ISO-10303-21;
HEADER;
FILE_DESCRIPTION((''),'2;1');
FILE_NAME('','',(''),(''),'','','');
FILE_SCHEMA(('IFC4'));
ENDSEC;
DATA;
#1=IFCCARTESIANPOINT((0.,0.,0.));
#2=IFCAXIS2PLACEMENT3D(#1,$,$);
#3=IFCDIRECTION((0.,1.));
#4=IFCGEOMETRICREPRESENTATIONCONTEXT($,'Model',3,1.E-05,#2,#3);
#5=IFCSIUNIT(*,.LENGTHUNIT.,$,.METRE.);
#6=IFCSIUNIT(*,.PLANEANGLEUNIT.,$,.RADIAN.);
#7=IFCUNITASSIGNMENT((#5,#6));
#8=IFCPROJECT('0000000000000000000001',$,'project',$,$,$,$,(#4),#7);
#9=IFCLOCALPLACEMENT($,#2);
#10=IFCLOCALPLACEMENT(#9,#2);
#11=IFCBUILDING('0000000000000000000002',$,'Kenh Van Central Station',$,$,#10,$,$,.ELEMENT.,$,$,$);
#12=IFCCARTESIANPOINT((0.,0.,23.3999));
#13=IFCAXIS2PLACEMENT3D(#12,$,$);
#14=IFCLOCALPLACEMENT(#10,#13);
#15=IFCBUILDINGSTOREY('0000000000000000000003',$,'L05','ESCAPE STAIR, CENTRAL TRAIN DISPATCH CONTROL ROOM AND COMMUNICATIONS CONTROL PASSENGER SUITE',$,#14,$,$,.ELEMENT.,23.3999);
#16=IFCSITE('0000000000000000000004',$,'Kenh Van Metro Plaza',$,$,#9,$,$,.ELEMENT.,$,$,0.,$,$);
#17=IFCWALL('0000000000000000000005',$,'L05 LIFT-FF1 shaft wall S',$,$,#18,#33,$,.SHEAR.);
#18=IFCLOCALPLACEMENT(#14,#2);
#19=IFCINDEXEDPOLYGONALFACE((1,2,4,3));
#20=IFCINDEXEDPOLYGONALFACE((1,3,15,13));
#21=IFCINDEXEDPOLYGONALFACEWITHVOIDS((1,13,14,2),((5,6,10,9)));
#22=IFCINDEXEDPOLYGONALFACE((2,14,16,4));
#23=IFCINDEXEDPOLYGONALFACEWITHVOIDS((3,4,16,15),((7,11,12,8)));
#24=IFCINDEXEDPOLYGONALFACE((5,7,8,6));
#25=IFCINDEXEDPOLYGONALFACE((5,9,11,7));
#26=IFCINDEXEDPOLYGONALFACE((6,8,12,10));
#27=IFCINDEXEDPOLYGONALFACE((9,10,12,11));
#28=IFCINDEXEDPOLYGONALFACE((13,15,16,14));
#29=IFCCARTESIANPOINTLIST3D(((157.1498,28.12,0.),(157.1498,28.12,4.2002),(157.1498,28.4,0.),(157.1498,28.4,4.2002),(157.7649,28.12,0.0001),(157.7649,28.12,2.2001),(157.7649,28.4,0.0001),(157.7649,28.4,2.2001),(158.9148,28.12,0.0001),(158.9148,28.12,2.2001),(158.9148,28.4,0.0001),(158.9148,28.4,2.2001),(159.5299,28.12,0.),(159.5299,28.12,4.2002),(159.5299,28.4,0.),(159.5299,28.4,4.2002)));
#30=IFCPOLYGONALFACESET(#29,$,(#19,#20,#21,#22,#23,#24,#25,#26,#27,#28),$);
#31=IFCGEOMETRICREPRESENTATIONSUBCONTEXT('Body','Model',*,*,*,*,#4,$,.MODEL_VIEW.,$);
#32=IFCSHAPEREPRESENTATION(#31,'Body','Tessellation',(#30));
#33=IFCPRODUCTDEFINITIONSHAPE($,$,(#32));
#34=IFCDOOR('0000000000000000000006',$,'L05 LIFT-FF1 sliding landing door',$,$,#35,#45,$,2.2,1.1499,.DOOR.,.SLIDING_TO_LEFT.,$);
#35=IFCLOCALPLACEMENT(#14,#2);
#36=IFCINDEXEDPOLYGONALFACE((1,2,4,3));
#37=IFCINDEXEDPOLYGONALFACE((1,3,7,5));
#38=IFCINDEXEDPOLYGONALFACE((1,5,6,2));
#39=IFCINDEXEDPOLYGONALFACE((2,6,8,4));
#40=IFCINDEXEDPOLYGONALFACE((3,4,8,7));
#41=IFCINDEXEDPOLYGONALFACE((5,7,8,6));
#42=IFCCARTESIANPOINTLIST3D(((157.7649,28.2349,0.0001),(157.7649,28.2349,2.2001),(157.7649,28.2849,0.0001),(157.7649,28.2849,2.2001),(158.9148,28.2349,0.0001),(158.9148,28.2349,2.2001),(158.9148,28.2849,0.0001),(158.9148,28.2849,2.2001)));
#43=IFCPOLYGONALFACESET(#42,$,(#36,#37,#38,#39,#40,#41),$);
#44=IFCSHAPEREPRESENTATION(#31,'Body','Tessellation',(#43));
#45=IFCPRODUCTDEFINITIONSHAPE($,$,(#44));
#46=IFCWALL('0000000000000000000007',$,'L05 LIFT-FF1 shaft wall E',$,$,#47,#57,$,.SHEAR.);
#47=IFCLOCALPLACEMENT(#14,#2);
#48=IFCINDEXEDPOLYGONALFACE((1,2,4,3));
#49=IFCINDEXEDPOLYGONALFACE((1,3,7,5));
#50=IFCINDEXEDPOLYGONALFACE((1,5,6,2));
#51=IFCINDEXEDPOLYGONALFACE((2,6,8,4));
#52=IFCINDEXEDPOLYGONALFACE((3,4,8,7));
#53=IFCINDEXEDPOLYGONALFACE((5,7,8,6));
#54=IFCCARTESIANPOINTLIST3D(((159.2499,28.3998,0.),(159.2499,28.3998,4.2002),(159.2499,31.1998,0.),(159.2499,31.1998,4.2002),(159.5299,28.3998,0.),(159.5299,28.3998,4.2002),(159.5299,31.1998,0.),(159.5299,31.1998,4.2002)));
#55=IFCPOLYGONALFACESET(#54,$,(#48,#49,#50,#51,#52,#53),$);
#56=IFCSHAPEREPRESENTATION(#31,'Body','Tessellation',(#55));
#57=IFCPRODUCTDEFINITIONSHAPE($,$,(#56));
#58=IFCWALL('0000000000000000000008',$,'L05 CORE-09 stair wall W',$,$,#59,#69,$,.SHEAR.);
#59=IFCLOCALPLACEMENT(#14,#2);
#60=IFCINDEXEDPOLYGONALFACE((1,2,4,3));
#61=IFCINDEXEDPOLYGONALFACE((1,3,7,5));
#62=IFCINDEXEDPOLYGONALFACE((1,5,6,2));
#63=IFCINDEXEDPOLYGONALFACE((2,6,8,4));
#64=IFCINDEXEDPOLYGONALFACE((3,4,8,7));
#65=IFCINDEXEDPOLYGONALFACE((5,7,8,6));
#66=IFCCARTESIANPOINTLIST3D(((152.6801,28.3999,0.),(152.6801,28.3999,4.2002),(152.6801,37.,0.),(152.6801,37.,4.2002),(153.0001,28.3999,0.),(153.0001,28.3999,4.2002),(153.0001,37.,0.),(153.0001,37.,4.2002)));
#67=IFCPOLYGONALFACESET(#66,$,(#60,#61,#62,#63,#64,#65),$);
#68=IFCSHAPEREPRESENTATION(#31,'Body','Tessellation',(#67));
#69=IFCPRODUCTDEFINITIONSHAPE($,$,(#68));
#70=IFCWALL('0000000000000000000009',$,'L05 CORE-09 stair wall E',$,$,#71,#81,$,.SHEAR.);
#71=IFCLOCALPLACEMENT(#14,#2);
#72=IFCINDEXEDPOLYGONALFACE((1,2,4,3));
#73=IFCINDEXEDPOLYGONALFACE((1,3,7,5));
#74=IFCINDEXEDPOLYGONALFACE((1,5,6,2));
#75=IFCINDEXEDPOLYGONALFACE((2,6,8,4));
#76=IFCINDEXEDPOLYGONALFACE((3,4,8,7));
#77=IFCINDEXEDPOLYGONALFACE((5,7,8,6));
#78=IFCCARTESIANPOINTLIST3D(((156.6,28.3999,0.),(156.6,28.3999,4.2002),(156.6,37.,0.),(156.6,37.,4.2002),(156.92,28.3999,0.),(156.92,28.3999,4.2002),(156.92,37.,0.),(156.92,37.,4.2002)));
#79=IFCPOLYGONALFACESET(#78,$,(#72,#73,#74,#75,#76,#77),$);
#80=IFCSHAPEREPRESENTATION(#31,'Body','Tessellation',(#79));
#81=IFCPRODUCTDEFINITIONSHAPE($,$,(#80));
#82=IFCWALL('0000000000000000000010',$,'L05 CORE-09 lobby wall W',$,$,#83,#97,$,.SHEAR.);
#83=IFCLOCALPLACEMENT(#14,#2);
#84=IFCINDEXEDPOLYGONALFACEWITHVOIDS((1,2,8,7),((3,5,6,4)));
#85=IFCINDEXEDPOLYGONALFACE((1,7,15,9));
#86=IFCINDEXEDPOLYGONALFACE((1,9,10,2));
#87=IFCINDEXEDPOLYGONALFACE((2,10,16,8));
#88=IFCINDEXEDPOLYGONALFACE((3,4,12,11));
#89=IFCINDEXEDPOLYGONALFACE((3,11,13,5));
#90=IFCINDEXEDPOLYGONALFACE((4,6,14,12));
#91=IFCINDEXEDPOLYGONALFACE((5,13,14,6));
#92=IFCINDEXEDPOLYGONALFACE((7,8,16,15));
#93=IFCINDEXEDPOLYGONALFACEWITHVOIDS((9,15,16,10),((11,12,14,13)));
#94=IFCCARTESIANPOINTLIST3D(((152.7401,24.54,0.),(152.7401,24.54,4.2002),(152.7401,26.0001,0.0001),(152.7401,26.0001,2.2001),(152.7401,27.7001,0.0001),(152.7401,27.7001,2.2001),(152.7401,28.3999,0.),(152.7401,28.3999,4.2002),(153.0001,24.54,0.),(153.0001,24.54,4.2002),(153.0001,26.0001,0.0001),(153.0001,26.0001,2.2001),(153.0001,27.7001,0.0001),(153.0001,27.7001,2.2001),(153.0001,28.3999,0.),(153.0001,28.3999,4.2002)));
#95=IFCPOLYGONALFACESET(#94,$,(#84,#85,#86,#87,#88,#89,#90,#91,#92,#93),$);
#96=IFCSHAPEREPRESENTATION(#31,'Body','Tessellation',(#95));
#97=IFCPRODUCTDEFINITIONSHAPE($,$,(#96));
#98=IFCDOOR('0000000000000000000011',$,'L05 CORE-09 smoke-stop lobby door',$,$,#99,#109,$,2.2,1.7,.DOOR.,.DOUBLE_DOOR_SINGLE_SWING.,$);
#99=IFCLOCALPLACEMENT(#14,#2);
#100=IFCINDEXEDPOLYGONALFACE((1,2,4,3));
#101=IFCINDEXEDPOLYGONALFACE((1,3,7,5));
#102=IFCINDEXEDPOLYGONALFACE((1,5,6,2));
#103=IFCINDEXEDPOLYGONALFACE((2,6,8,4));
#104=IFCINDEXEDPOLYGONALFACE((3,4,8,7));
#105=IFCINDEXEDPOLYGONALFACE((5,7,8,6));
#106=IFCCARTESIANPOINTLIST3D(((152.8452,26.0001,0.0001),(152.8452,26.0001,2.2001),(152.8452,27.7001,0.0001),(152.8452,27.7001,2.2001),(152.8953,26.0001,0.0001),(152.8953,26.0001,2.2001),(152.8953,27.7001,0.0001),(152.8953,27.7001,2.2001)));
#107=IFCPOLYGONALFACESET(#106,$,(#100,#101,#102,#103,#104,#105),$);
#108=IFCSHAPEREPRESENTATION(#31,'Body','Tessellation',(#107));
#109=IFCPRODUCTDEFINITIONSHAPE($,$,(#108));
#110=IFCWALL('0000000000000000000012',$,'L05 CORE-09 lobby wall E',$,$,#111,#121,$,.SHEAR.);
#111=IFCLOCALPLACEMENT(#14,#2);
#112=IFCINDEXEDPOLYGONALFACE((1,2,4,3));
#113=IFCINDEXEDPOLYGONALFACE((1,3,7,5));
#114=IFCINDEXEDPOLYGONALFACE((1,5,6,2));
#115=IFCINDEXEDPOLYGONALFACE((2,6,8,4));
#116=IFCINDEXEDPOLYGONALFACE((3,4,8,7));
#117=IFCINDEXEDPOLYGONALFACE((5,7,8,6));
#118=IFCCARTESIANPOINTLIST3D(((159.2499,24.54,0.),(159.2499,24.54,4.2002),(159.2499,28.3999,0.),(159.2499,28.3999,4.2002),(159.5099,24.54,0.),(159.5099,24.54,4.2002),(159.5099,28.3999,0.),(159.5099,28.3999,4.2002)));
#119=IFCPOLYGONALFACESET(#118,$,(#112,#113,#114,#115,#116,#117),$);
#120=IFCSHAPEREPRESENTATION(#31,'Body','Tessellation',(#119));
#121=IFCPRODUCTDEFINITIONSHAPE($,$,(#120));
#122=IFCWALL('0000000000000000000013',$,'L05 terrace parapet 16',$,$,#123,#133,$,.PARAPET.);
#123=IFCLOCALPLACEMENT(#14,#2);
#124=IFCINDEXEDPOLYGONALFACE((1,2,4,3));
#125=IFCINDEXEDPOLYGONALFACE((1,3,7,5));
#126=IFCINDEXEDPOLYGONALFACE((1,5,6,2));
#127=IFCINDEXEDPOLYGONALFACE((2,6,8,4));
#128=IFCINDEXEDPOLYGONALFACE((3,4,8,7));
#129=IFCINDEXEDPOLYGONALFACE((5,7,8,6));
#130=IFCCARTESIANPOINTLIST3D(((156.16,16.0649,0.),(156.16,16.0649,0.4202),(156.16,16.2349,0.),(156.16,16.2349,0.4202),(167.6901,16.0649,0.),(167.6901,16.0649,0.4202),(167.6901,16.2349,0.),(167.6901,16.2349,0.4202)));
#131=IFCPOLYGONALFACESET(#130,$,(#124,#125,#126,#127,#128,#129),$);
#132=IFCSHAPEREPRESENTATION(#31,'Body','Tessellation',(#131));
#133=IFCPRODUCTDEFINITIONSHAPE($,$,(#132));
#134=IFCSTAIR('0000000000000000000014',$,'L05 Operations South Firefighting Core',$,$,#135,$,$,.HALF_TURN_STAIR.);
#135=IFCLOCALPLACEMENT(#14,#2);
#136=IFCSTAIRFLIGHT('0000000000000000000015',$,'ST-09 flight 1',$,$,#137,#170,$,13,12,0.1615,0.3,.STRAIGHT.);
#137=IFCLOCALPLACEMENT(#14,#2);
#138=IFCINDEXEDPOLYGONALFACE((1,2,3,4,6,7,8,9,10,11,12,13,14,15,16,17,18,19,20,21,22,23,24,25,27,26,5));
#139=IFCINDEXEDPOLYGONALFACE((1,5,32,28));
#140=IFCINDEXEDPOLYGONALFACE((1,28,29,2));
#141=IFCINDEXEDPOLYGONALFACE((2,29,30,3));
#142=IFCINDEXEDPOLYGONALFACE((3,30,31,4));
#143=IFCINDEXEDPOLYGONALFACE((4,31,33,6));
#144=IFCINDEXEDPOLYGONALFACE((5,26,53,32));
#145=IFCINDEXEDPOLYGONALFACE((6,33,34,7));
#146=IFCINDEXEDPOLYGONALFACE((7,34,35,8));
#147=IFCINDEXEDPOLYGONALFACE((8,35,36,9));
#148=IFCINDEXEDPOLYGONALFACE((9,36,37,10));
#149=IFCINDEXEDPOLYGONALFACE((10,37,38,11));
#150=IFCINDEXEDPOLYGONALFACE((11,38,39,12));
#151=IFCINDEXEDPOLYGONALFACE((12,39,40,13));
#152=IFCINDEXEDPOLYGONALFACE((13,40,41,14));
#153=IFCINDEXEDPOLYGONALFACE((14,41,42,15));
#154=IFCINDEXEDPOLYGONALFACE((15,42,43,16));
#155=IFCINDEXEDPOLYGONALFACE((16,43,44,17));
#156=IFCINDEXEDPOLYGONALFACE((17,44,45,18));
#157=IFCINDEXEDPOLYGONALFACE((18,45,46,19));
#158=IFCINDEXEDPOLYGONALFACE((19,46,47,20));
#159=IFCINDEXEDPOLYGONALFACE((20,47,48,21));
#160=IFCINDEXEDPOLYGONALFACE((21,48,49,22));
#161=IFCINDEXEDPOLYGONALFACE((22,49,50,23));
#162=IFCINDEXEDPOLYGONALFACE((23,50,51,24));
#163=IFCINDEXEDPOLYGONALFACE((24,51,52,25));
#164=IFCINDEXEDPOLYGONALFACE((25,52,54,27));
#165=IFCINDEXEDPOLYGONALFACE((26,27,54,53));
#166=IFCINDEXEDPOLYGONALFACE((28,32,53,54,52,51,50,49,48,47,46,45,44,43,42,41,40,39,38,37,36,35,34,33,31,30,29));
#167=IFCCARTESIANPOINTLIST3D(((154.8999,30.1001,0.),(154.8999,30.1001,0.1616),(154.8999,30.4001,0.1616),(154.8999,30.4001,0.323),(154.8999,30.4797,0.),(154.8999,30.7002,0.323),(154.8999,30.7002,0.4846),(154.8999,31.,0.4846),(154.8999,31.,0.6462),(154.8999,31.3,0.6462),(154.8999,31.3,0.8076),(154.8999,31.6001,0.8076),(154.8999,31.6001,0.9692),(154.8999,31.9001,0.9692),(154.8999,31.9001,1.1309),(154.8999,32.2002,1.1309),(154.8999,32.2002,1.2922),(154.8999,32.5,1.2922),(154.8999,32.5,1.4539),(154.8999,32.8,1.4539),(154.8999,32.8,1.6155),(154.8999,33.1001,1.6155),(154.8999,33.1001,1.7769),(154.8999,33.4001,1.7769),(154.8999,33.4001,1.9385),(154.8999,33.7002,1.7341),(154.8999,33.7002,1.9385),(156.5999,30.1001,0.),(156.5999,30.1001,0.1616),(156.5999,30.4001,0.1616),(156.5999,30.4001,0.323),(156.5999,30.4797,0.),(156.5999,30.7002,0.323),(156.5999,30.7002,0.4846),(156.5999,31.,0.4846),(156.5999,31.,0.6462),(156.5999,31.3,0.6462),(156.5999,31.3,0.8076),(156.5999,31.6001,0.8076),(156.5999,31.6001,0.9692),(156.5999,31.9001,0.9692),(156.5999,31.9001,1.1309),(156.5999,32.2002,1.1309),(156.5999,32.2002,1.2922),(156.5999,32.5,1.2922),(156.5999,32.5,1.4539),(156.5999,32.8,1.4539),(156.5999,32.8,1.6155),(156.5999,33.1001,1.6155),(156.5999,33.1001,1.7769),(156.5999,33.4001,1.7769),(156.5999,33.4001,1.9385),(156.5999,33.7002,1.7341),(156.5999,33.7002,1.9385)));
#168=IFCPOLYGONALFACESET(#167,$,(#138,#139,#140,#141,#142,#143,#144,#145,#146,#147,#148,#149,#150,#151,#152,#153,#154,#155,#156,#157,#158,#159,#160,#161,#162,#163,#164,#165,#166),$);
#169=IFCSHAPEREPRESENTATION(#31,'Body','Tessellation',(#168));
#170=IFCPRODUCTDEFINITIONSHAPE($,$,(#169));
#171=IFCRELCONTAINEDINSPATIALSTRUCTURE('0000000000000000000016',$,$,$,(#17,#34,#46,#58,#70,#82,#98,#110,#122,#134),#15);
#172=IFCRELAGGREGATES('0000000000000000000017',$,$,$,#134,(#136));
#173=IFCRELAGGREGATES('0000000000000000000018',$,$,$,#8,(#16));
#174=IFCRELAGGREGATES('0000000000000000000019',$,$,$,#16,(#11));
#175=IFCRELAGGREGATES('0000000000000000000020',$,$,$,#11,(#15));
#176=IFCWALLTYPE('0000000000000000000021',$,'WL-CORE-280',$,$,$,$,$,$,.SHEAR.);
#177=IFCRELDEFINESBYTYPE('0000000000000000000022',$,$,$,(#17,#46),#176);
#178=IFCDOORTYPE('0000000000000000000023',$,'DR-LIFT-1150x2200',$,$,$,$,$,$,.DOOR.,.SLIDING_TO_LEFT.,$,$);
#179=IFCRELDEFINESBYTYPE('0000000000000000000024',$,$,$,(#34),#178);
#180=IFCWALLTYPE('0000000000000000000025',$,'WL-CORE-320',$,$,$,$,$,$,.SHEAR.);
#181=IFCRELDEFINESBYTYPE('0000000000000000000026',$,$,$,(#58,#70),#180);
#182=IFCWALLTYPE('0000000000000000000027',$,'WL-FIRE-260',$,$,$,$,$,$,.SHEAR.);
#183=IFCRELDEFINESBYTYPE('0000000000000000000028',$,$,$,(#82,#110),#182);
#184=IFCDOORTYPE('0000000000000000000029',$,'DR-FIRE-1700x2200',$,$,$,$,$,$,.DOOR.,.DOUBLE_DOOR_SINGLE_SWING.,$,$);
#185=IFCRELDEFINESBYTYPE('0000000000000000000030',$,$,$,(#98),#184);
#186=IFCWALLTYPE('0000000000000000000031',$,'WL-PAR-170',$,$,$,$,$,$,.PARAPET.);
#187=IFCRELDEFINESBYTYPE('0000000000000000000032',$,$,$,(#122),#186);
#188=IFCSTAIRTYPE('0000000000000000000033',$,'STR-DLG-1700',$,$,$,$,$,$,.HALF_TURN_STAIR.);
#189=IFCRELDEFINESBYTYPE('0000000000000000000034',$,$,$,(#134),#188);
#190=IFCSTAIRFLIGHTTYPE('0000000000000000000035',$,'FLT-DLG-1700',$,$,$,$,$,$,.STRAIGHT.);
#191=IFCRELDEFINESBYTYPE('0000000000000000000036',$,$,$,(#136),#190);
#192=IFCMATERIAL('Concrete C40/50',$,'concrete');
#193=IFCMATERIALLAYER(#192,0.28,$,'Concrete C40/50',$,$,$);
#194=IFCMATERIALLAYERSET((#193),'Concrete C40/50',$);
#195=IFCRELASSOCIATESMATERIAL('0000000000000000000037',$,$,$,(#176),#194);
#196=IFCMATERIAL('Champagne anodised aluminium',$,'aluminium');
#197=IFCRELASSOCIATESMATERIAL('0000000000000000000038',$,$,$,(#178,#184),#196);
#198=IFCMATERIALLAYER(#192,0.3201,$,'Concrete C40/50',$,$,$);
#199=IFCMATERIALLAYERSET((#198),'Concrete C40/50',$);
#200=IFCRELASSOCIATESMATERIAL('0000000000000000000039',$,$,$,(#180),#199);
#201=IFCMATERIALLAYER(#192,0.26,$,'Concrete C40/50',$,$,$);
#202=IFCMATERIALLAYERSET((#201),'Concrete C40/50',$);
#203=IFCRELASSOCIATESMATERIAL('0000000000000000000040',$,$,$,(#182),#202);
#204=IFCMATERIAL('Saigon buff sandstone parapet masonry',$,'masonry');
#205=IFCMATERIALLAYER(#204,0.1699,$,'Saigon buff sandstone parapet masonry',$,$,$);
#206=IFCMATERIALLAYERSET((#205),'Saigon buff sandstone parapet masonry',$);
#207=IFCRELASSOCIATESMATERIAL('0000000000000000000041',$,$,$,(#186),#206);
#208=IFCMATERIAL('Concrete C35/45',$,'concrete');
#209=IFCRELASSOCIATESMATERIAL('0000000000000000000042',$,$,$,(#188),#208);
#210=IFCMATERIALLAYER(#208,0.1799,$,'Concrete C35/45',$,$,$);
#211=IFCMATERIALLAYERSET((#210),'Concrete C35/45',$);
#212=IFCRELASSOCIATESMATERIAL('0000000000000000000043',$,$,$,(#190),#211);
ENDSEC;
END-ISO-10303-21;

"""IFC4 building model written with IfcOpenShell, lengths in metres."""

from ifc_helpers import new_model, si_unit, direction, frame, frame_2d, origin, place, context, subcontext, project, spatial, polyline, rectangle, outline, extrude, material, layer, layer_set, type_object, element, fill, aggregate, save


model = new_model("IFC4")

# Units and contexts
model_context = context("Model", 3, precision=1e-05, world=origin(), true_north=direction((0.0, 1.0)))
body_context = subcontext(model_context, "Body", "Model", "MODEL_VIEW")
ifc_project = project(units=[si_unit("LENGTHUNIT", "METRE"), si_unit("PLANEANGLEUNIT", "RADIAN")], contexts=[model_context])

# Site, building, storey
site_placement = place(None, origin())
site = spatial("IfcSite", under=ifc_project, at=site_placement, Name="Kenh Van Metro Plaza", CompositionType="ELEMENT", RefElevation=0.0)
building_placement = place(site_placement, origin())
building = spatial("IfcBuilding", under=site, at=building_placement, Name="Kenh Van Central Station", CompositionType="ELEMENT")
storey_placement = place(building_placement, frame((0.0, 0.0, 23.3999)))
storey = spatial("IfcBuildingStorey", under=building, at=storey_placement, Name="L05", Description="ESCAPE STAIR, CENTRAL TRAIN DISPATCH CONTROL ROOM AND COMMUNICATIONS CONTROL PASSENGER SUITE", CompositionType="ELEMENT", Elevation=23.3999)

# Wall, opening, door
ifc_material_1 = material(Name="Concrete C40/50", Category="concrete")
ifc_layer_1 = layer(ifc_material_1, 0.28, Name="Concrete C40/50")
ifc_layer_set_1 = layer_set([ifc_layer_1], Name="Concrete C40/50")
wall_type_1 = type_object("IfcWallType", Name="WL-CORE-280", PredefinedType="SHEAR", material=ifc_layer_set_1)
wall_1_placement = place(storey_placement, frame((157.1499, 28.26, 0.0), z_axis=(0.0, 0.0, 1.0), x_axis=(1.0, 0.0, 0.0)))
wall_1 = element("IfcWall", 1, at=wall_1_placement, inside=storey, type_object=wall_type_1, Name="L05 LIFT-FF1 shaft wall S", PredefinedType="SHEAR", context=body_context, shape_type="SweptSolid", body=[
    extrude(rectangle(XDim=2.3801, YDim=0.28, at=frame_2d((1.1899, 0.0))), origin(), (0.0, 0.0, 1.0), 4.2002),
])
opening_1_placement = place(wall_1_placement, frame((0.615, 0.0, 0.0)))
opening_1 = element("IfcOpeningElement", 2, at=opening_1_placement, cuts=wall_1, PredefinedType="OPENING", context=body_context, shape_type="SweptSolid", body=[
    extrude(rectangle(XDim=1.1499, YDim=2.2, at=frame_2d((0.575, 1.1001))), frame((0.0, 0.1499, 0.0), z_axis=(0.0, -1.0, 0.0), x_axis=(1.0, 0.0, 0.0)), (0.0, 0.0, 1.0), 0.3),
])
ifc_material_2 = material(Name="Champagne anodised aluminium", Category="aluminium")
door_type_1 = type_object("IfcDoorType", Name="DR-LIFT-1150x2200", OperationType="SLIDING_TO_LEFT", PredefinedType="DOOR", material=ifc_material_2)
door_1_placement = place(opening_1_placement, origin())
door_1 = element("IfcDoor", 3, at=door_1_placement, inside=storey, type_object=door_type_1, Name="L05 LIFT-FF1 sliding landing door", OperationType="SLIDING_TO_LEFT", OverallHeight=2.2, OverallWidth=1.1499, PredefinedType="DOOR", context=body_context, shape_type="SweptSolid", body=[
    extrude(rectangle(XDim=1.1499, YDim=2.2, at=frame_2d((0.575, 1.1001))), frame((0.0, 0.0249, 0.0), z_axis=(0.0, -1.0, 0.0), x_axis=(1.0, 0.0, 0.0)), (0.0, 0.0, 1.0), 0.05),
])
fill(opening_1, door_1)

# Wall
wall_2_placement = place(storey_placement, frame((159.3899, 28.3999, 0.0), z_axis=(0.0, 0.0, 1.0), x_axis=(0.0, 1.0, 0.0)))
element("IfcWall", 4, at=wall_2_placement, inside=storey, type_object=wall_type_1, Name="L05 LIFT-FF1 shaft wall E", PredefinedType="SHEAR", context=body_context, shape_type="SweptSolid", body=[
    extrude(rectangle(XDim=2.8, YDim=0.28, at=frame_2d((1.3999, 0.0))), origin(), (0.0, 0.0, 1.0), 4.2002),
])

# Shared definitions
ifc_layer_2 = layer(ifc_material_1, 0.3201, Name="Concrete C40/50")
ifc_layer_set_2 = layer_set([ifc_layer_2], Name="Concrete C40/50")
wall_type_2 = type_object("IfcWallType", Name="WL-CORE-320", PredefinedType="SHEAR", material=ifc_layer_set_2)

# Walls
for number, where, z_axis, x_axis, name in (
    (5, (152.8401, 28.3999, 0.0), (0.0, 0.0, 1.0), (0.0, 1.0, 0.0), "L05 CORE-09 stair wall W"),
    (6, (156.76, 28.3999, 0.0), (0.0, 0.0, 1.0), (0.0, 1.0, 0.0), "L05 CORE-09 stair wall E"),
):
    element("IfcWall", number, at=place(storey_placement, frame(where, z_axis=z_axis, x_axis=x_axis)), inside=storey, type_object=wall_type_2, Name=name, PredefinedType="SHEAR", context=body_context, shape_type="SweptSolid", body=[
        extrude(rectangle(XDim=8.6001, YDim=0.3201, at=frame_2d((4.3, 0.0))), origin(), (0.0, 0.0, 1.0), 4.2002),
    ])

# Wall, opening, door
ifc_layer_3 = layer(ifc_material_1, 0.26, Name="Concrete C40/50")
ifc_layer_set_3 = layer_set([ifc_layer_3], Name="Concrete C40/50")
wall_type_3 = type_object("IfcWallType", Name="WL-FIRE-260", PredefinedType="SHEAR", material=ifc_layer_set_3)
wall_3_placement = place(storey_placement, frame((152.8701, 24.54, 0.0), z_axis=(0.0, 0.0, 1.0), x_axis=(0.0, 1.0, 0.0)))
wall_3 = element("IfcWall", 7, at=wall_3_placement, inside=storey, type_object=wall_type_3, Name="L05 CORE-09 lobby wall W", PredefinedType="SHEAR", context=body_context, shape_type="SweptSolid", body=[
    extrude(rectangle(XDim=3.8599, YDim=0.26, at=frame_2d((1.9299, 0.0))), origin(), (0.0, 0.0, 1.0), 4.2002),
])
opening_2_placement = place(wall_3_placement, frame((1.46, 0.0, 0.0)))
opening_2 = element("IfcOpeningElement", 8, at=opening_2_placement, cuts=wall_3, PredefinedType="OPENING", context=body_context, shape_type="SweptSolid", body=[
    extrude(rectangle(XDim=1.7, YDim=2.2, at=frame_2d((0.8501, 1.1001))), frame((0.0, 0.1399, 0.0), z_axis=(0.0, -1.0, 0.0), x_axis=(1.0, 0.0, 0.0)), (0.0, 0.0, 1.0), 0.28),
])
door_type_2 = type_object("IfcDoorType", Name="DR-FIRE-1700x2200", OperationType="DOUBLE_DOOR_SINGLE_SWING", PredefinedType="DOOR", material=ifc_material_2)
door_2_placement = place(opening_2_placement, origin())
door_2 = element("IfcDoor", 9, at=door_2_placement, inside=storey, type_object=door_type_2, Name="L05 CORE-09 smoke-stop lobby door", OperationType="DOUBLE_DOOR_SINGLE_SWING", OverallHeight=2.2, OverallWidth=1.7, PredefinedType="DOOR", context=body_context, shape_type="SweptSolid", body=[
    extrude(rectangle(XDim=1.7, YDim=2.2, at=frame_2d((0.8501, 1.1001))), frame((0.0, 0.0249, 0.0), z_axis=(0.0, -1.0, 0.0), x_axis=(1.0, 0.0, 0.0)), (0.0, 0.0, 1.0), 0.05),
])
fill(opening_2, door_2)

# Walls
wall_4_placement = place(storey_placement, frame((159.3799, 24.54, 0.0), z_axis=(0.0, 0.0, 1.0), x_axis=(0.0, 1.0, 0.0)))
element("IfcWall", 10, at=wall_4_placement, inside=storey, type_object=wall_type_3, Name="L05 CORE-09 lobby wall E", PredefinedType="SHEAR", context=body_context, shape_type="SweptSolid", body=[
    extrude(rectangle(XDim=3.8599, YDim=0.26, at=frame_2d((1.9299, 0.0))), origin(), (0.0, 0.0, 1.0), 4.2002),
])
ifc_material_3 = material(Name="Saigon buff sandstone parapet masonry", Category="masonry")
ifc_layer_4 = layer(ifc_material_3, 0.1699, Name="Saigon buff sandstone parapet masonry")
ifc_layer_set_4 = layer_set([ifc_layer_4], Name="Saigon buff sandstone parapet masonry")
wall_type_4 = type_object("IfcWallType", Name="WL-PAR-170", PredefinedType="PARAPET", material=ifc_layer_set_4)
wall_5_placement = place(storey_placement, frame((156.1599, 16.1499, 0.0), z_axis=(0.0, 0.0, 1.0), x_axis=(1.0, 0.0, 0.0)))
element("IfcWall", 11, at=wall_5_placement, inside=storey, type_object=wall_type_4, Name="L05 terrace parapet 16", PredefinedType="PARAPET", context=body_context, shape_type="SweptSolid", body=[
    extrude(rectangle(XDim=11.53, YDim=0.1699, at=frame_2d((5.7651, 0.0))), origin(), (0.0, 0.0, 1.0), 0.4202),
])

# Stair, stair flight
ifc_material_4 = material(Name="Concrete C35/45", Category="concrete")
stair_type = type_object("IfcStairType", Name="STR-DLG-1700", PredefinedType="HALF_TURN_STAIR", material=ifc_material_4)
stair_placement = place(storey_placement, origin())
stair = element("IfcStair", 12, at=stair_placement, inside=storey, type_object=stair_type, Name="L05 Operations South Firefighting Core", PredefinedType="HALF_TURN_STAIR")
ifc_layer_5 = layer(ifc_material_4, 0.1799, Name="Concrete C35/45")
ifc_layer_set_5 = layer_set([ifc_layer_5], Name="Concrete C35/45")
stair_flight_type = type_object("IfcStairFlightType", Name="FLT-DLG-1700", PredefinedType="STRAIGHT", material=ifc_layer_set_5)
stair_flight_placement = place(storey_placement, frame((155.75, 30.1001, 0.0), z_axis=(0.0, 0.0, 1.0), x_axis=(0.0, 1.0, 0.0)))
stair_flight = element("IfcStairFlight", 13, at=stair_flight_placement, type_object=stair_flight_type, Name="ST-09 flight 1", NumberOfRisers=13, NumberOfTreads=12, PredefinedType="STRAIGHT", RiserHeight=0.1615, TreadLength=0.3, context=body_context, shape_type="SweptSolid", body=[
    extrude(outline(polyline([(0.0, 0.0), (0.0, 0.1616), (0.3, 0.1616), (0.3, 0.323), (0.6001, 0.323), (0.6001, 0.4846), (0.8999, 0.4846), (0.8999, 0.6462), (1.2, 0.6462), (1.2, 0.8076), (1.5, 0.8076), (1.5, 0.9692), (1.8, 0.9692), (1.8, 1.1309), (2.1001, 1.1309), (2.1001, 1.2922), (2.3999, 1.2922), (2.3999, 1.4539), (2.7, 1.4539), (2.7, 1.6155), (3.0, 1.6155), (3.0, 1.7769), (3.3, 1.7769), (3.3, 1.9385), (3.6001, 1.9385), (3.6001, 2.1001), (3.6001, 1.7341), (0.3796, 0.0), (0.0, 0.0)])), frame((0.0, 0.8501, 0.0), z_axis=(0.0, -1.0, 0.0), x_axis=(1.0, 0.0, 0.0)), (0.0, 0.0, 1.0), 1.7),
])
aggregate(stair, [stair_flight])

save(model, "model.ifc")
